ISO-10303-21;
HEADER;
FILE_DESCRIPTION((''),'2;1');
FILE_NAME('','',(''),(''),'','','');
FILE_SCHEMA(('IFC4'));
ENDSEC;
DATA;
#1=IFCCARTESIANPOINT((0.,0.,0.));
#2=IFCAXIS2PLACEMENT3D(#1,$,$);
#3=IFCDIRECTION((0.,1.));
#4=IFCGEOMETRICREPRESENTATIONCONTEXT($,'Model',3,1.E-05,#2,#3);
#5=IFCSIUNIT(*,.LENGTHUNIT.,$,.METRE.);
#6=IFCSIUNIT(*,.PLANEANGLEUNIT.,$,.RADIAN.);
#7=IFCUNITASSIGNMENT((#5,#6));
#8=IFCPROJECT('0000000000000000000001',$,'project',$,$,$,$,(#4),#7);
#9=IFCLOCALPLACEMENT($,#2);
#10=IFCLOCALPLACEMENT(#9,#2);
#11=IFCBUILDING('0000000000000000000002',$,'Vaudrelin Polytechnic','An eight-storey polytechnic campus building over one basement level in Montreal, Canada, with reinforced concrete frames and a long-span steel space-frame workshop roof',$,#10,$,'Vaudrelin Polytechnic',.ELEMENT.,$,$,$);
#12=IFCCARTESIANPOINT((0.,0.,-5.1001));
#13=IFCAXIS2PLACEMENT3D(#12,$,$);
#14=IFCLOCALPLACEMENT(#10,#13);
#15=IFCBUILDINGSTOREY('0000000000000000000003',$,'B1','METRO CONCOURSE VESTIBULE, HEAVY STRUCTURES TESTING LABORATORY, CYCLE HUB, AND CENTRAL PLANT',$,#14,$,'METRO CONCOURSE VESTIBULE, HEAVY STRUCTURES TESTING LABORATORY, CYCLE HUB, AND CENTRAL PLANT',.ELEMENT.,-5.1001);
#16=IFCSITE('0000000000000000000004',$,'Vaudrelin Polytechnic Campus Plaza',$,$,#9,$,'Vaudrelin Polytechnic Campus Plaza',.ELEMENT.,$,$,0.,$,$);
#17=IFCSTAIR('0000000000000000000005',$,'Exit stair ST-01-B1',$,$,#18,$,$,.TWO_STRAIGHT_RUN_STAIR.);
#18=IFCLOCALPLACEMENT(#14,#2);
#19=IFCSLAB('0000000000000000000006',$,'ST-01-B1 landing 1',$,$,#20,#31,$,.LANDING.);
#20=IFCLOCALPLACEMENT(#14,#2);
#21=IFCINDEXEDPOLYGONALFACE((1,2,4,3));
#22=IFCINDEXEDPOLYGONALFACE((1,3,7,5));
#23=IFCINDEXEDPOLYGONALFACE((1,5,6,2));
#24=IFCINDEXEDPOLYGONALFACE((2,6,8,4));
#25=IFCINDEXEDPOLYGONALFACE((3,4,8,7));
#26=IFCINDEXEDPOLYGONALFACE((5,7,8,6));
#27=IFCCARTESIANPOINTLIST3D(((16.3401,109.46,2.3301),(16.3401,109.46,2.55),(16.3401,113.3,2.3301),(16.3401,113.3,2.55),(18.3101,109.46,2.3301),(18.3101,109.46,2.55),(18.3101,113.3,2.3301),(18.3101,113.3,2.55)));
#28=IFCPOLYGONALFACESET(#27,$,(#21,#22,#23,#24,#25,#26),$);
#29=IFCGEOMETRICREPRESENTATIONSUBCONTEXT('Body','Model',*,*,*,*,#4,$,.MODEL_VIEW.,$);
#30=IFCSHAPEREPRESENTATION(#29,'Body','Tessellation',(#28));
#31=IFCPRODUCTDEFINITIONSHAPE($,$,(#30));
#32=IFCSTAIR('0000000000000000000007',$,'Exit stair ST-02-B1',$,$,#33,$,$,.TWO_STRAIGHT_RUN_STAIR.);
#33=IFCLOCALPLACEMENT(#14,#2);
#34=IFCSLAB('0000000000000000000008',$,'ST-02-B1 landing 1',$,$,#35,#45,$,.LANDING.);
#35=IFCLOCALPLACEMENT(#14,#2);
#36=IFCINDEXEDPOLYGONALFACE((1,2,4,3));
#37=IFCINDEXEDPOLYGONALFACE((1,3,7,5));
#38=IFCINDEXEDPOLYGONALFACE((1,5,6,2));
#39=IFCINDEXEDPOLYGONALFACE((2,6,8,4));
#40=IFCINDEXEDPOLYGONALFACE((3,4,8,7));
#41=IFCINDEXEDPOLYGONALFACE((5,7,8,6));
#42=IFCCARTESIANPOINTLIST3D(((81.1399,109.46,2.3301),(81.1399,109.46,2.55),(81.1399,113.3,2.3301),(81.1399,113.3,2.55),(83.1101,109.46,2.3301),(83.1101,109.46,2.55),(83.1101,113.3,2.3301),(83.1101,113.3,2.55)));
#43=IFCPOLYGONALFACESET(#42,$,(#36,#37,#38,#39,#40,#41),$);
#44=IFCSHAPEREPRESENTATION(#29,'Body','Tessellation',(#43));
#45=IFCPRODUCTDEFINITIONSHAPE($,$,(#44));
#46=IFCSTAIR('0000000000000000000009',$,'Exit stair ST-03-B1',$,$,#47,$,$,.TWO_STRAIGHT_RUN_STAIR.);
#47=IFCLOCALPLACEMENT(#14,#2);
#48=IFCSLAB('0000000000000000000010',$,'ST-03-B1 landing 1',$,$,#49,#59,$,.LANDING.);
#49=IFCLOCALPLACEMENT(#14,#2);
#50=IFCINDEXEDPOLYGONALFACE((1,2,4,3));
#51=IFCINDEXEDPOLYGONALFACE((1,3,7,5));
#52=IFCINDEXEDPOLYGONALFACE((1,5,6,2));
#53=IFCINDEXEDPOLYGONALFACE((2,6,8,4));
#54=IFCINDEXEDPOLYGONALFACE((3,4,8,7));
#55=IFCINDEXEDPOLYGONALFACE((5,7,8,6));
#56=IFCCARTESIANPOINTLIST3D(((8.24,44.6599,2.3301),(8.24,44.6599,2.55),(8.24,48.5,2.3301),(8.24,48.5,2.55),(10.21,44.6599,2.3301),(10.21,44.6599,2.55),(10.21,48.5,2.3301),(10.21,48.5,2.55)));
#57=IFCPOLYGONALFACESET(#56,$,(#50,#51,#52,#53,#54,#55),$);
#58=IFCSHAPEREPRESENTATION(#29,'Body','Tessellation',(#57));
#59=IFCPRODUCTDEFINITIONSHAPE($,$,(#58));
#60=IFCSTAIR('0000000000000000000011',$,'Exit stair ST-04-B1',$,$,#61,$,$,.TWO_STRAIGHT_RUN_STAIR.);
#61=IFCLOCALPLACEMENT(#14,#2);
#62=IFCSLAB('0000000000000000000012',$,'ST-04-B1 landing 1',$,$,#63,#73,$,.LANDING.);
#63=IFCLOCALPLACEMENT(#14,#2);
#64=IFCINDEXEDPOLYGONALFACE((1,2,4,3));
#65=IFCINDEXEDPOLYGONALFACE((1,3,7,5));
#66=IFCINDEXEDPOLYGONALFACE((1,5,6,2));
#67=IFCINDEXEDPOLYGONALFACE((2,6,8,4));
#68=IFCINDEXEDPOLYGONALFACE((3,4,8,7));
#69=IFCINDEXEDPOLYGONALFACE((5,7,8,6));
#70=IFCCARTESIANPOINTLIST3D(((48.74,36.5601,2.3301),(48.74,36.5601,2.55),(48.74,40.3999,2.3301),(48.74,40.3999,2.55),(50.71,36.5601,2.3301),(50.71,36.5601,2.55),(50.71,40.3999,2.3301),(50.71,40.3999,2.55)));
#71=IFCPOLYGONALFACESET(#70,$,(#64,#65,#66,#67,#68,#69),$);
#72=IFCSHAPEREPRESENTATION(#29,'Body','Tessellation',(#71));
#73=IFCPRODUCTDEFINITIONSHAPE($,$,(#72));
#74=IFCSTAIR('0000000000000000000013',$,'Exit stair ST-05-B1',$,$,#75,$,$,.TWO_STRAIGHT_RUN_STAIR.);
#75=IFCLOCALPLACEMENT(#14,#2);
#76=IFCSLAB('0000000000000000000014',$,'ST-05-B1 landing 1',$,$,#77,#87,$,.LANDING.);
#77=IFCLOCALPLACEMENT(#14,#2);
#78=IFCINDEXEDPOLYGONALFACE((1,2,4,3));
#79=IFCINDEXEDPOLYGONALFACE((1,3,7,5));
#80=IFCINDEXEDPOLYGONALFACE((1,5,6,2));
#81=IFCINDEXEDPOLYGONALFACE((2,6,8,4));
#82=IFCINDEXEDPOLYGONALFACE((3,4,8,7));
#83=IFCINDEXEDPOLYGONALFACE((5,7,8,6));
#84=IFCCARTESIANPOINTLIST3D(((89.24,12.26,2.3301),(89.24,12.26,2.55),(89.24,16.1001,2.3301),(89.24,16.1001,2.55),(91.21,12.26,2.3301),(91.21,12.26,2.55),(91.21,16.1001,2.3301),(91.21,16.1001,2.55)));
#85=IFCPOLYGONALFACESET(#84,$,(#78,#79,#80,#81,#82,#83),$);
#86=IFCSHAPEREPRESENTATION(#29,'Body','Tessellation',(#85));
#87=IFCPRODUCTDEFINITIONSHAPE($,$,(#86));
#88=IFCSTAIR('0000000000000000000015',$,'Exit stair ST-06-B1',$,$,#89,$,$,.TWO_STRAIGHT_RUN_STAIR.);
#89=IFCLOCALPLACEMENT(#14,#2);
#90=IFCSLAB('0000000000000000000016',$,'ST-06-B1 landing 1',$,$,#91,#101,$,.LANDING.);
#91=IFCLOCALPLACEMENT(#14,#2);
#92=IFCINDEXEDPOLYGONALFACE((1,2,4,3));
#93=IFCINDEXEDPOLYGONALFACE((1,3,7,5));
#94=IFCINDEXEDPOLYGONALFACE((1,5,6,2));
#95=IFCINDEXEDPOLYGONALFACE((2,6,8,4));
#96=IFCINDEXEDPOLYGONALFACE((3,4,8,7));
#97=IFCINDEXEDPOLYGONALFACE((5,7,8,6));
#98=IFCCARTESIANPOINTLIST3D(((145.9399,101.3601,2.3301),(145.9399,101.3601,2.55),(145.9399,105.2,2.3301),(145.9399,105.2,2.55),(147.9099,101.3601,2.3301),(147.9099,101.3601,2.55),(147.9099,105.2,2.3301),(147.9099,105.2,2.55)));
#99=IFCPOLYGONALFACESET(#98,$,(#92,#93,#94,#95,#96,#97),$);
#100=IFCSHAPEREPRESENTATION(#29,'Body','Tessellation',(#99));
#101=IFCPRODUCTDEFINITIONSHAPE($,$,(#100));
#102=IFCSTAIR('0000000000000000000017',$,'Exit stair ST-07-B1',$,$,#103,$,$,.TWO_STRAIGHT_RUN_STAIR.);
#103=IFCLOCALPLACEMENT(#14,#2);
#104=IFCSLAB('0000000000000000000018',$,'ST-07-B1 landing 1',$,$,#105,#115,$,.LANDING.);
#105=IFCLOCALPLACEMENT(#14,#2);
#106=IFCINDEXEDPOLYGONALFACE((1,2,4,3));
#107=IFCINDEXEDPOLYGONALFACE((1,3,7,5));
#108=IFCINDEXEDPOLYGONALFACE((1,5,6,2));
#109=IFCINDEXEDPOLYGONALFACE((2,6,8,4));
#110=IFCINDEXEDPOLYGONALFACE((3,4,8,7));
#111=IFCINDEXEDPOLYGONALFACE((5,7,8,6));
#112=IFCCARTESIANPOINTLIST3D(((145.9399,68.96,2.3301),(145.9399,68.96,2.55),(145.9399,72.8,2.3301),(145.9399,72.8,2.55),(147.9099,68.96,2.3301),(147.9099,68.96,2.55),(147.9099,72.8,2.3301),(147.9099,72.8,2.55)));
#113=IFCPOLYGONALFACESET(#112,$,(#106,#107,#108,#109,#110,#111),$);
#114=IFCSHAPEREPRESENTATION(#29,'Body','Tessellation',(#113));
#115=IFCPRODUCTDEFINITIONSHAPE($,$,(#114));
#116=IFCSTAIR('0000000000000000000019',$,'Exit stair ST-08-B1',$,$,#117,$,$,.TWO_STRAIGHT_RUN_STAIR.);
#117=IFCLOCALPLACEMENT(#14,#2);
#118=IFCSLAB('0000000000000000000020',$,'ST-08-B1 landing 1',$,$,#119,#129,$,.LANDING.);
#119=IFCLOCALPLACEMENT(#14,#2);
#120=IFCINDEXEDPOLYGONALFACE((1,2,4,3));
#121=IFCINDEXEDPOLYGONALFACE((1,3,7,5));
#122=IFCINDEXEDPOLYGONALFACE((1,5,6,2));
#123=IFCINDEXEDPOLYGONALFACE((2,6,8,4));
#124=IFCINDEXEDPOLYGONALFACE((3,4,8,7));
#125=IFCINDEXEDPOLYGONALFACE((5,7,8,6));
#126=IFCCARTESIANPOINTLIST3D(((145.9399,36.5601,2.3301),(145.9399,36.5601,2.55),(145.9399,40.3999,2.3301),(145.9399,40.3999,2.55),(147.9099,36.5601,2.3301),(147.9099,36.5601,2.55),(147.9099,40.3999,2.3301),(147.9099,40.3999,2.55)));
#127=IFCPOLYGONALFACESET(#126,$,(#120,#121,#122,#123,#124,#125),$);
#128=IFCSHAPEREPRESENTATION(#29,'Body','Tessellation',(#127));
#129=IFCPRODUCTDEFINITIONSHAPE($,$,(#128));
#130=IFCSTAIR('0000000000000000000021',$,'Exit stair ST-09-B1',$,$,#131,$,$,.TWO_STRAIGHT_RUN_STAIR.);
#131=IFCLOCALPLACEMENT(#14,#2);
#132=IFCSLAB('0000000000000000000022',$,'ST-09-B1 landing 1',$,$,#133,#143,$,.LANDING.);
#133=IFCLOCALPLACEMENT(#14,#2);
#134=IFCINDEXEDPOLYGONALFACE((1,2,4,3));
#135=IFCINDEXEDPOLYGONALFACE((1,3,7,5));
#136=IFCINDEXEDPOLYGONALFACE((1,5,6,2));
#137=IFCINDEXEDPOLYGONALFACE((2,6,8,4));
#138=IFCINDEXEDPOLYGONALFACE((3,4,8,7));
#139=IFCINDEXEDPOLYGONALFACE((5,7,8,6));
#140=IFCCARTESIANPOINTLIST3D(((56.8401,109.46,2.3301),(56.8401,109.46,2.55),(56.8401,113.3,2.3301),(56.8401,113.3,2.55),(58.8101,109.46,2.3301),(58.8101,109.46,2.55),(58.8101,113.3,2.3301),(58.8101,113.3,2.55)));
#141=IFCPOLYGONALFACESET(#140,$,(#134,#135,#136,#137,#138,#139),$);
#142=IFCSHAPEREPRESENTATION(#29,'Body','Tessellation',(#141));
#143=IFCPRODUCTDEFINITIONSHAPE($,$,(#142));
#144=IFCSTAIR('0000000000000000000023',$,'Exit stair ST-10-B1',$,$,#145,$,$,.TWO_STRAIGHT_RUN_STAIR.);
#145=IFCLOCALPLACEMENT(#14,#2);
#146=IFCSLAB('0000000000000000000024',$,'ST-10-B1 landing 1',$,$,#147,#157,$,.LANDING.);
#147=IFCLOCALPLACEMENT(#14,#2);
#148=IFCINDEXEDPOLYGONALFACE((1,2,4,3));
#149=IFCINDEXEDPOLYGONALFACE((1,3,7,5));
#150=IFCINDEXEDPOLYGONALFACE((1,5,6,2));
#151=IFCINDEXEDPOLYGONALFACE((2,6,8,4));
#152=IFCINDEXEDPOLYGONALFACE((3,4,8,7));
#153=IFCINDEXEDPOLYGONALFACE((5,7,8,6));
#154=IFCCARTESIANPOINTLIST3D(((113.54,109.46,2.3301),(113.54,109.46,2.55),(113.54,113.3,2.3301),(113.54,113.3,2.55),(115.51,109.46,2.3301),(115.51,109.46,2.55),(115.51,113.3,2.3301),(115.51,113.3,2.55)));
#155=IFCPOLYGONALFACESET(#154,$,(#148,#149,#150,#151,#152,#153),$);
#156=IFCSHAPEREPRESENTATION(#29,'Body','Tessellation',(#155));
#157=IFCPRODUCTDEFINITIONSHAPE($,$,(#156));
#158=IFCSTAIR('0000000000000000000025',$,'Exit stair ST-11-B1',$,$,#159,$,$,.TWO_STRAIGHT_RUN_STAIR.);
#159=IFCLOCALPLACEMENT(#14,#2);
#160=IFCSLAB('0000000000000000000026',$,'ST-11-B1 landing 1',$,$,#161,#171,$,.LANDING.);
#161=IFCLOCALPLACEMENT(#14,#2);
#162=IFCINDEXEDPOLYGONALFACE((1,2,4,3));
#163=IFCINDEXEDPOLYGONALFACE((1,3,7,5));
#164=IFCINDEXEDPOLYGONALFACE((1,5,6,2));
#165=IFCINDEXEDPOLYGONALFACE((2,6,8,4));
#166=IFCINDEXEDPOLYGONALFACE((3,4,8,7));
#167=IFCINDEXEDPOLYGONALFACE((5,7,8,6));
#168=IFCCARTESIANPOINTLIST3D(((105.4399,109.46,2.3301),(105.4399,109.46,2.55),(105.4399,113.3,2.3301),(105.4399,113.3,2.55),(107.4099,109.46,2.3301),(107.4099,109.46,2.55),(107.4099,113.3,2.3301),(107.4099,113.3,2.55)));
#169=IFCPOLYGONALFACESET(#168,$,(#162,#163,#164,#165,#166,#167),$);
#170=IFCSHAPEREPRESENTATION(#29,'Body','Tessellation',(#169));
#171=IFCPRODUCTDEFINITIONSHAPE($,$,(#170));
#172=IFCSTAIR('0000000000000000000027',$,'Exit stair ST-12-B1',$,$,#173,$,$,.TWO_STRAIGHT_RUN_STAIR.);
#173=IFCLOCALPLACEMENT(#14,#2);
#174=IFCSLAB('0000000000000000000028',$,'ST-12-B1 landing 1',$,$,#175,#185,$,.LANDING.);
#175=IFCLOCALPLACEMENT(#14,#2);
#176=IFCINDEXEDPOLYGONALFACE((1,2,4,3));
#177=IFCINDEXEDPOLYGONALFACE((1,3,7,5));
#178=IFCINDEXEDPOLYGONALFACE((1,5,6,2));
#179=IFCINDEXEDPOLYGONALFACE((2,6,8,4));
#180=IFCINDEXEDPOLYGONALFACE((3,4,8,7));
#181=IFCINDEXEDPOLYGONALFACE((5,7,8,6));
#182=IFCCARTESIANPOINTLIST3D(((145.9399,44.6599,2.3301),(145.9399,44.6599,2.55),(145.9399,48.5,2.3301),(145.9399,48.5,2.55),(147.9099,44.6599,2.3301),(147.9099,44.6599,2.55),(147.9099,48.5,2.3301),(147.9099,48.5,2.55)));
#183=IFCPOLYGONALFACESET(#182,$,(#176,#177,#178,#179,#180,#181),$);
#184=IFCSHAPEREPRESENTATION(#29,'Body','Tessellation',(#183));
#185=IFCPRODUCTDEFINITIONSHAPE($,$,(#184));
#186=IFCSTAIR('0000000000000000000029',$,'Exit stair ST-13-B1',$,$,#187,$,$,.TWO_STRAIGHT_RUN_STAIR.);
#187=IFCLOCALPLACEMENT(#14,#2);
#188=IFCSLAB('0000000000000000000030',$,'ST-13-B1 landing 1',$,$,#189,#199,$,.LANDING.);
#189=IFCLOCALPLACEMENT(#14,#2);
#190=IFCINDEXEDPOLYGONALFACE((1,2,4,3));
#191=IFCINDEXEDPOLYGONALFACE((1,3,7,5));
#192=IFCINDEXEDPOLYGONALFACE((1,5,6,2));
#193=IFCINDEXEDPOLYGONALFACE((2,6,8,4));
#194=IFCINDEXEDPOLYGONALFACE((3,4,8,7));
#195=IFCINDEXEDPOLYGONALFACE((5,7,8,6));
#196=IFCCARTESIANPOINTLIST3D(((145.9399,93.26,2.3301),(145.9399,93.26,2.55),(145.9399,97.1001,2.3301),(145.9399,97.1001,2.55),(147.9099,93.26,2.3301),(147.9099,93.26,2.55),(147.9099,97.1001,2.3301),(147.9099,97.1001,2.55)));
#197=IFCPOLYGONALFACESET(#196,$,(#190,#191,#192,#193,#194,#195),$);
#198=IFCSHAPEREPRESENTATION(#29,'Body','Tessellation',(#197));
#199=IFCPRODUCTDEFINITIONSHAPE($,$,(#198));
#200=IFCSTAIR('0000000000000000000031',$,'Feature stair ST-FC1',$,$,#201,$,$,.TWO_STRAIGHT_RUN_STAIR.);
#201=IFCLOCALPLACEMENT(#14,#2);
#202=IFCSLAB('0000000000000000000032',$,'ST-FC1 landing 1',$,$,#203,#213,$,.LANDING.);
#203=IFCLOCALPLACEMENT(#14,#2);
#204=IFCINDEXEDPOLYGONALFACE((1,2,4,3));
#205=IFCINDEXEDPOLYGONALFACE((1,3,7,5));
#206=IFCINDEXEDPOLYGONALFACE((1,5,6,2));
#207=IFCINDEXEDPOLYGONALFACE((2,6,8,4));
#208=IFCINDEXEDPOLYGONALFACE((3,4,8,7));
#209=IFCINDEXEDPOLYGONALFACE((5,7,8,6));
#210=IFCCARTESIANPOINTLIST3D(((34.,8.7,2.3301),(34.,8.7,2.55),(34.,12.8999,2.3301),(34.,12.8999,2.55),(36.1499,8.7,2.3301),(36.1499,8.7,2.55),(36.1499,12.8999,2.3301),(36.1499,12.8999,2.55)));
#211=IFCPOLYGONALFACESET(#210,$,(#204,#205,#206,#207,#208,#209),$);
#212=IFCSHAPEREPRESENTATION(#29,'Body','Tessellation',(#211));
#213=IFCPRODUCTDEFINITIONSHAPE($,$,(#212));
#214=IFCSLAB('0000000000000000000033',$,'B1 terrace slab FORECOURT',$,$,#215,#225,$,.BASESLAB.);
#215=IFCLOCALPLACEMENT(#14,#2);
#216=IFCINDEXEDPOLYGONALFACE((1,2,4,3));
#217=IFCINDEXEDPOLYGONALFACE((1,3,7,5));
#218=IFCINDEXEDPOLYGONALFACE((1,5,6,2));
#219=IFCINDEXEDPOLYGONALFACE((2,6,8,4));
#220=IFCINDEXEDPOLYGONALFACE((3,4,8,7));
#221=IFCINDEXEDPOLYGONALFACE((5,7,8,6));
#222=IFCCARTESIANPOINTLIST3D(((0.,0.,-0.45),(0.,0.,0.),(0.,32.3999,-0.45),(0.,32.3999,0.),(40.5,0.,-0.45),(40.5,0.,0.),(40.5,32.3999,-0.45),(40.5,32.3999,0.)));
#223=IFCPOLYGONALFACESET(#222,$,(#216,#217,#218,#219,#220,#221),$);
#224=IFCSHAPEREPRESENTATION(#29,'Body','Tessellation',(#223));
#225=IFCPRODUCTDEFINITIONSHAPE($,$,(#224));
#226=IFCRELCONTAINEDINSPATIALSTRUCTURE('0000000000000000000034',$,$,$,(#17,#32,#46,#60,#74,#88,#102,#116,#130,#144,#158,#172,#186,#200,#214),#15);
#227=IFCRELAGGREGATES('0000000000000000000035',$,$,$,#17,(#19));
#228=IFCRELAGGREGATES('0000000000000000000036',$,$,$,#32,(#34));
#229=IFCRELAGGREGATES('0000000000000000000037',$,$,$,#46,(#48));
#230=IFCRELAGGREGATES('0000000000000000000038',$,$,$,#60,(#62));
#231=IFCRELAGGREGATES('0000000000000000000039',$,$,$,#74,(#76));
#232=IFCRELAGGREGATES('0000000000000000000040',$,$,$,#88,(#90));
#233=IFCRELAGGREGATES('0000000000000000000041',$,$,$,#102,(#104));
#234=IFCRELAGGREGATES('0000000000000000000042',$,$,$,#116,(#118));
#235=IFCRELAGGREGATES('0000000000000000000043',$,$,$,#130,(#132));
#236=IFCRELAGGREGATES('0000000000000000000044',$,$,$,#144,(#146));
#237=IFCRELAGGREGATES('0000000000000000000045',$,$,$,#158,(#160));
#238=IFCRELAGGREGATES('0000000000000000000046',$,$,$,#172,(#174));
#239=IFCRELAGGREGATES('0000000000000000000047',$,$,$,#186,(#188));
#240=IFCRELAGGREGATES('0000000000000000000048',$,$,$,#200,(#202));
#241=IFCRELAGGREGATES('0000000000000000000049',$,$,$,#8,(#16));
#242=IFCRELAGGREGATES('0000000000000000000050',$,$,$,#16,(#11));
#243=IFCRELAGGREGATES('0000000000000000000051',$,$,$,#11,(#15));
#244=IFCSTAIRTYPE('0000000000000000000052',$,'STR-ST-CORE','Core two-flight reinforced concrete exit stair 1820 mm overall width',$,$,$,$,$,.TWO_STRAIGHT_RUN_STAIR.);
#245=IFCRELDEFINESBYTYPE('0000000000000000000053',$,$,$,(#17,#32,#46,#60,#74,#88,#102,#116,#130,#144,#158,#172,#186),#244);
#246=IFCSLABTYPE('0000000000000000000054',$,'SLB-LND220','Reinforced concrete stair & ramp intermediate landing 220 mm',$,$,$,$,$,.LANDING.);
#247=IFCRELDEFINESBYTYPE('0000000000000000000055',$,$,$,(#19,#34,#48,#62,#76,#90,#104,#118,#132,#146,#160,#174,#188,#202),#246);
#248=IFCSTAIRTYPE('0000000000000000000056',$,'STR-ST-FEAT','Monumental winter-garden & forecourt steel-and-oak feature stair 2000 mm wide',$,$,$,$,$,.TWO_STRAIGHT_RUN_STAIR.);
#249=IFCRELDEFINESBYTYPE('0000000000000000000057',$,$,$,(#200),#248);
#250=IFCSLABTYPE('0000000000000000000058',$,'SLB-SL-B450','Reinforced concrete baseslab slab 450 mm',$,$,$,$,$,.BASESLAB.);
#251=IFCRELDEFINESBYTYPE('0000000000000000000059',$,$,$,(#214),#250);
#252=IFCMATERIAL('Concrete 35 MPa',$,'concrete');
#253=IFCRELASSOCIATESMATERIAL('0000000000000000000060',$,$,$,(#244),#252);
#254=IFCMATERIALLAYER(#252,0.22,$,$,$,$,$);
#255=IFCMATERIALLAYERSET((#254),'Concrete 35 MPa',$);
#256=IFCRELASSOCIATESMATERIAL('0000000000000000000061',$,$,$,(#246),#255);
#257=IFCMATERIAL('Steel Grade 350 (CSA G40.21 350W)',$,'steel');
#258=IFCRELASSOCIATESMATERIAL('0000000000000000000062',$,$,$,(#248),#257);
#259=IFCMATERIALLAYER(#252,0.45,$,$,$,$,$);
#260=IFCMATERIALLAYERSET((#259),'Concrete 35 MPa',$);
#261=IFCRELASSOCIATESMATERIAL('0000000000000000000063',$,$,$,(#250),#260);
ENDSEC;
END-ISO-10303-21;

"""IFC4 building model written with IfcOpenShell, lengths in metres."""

from ifc_helpers import new_model, si_unit, direction, frame, origin, place, context, subcontext, project, spatial, polyline, outline, extrude, material, layer, layer_set, type_object, element, aggregate, save


model = new_model("IFC4")

# Units and contexts
model_context = context("Model", 3, precision=1e-05, world=origin(), true_north=direction((0.0, 1.0)))
body_context = subcontext(model_context, "Body", "Model", "MODEL_VIEW")
ifc_project = project(units=[si_unit("LENGTHUNIT", "METRE"), si_unit("PLANEANGLEUNIT", "RADIAN")], contexts=[model_context])

# Site, building, storey
site_placement = place(None, origin())
site = spatial("IfcSite", under=ifc_project, at=site_placement, Name="Vaudrelin Polytechnic Campus Plaza", LongName="Vaudrelin Polytechnic Campus Plaza", CompositionType="ELEMENT", RefElevation=0.0)
building_placement = place(site_placement, origin())
building = spatial("IfcBuilding", under=site, at=building_placement, Name="Vaudrelin Polytechnic", Description="An eight-storey polytechnic campus building over one basement level in Montreal, Canada, with reinforced concrete frames and a long-span steel space-frame workshop roof", LongName="Vaudrelin Polytechnic", CompositionType="ELEMENT")
storey_placement = place(building_placement, frame((0.0, 0.0, -5.1001)))
storey = spatial("IfcBuildingStorey", under=building, at=storey_placement, Name="B1", Description="METRO CONCOURSE VESTIBULE, HEAVY STRUCTURES TESTING LABORATORY, CYCLE HUB, AND CENTRAL PLANT", LongName="METRO CONCOURSE VESTIBULE, HEAVY STRUCTURES TESTING LABORATORY, CYCLE HUB, AND CENTRAL PLANT", CompositionType="ELEMENT", Elevation=-5.1001)

# Stairs, slabs
ifc_material_1 = material(Name="Concrete 35 MPa", Category="concrete")
stair_type_1 = type_object("IfcStairType", Name="STR-ST-CORE", Description="Core two-flight reinforced concrete exit stair 1820 mm overall width", PredefinedType="TWO_STRAIGHT_RUN_STAIR", material=ifc_material_1)
stair_1_placement = place(storey_placement, origin())
stair_1 = element("IfcStair", 1, at=stair_1_placement, inside=storey, type_object=stair_type_1, Name="Exit stair ST-01-B1", PredefinedType="TWO_STRAIGHT_RUN_STAIR")
ifc_layer_1 = layer(ifc_material_1, 0.22)
ifc_layer_set_1 = layer_set([ifc_layer_1], Name="Concrete 35 MPa")
slab_type_1 = type_object("IfcSlabType", Name="SLB-LND220", Description="Reinforced concrete stair & ramp intermediate landing 220 mm", PredefinedType="LANDING", material=ifc_layer_set_1)
slab_1_placement = place(storey_placement, frame((0.0, 0.0, 2.3301)))
slab_1 = element("IfcSlab", 2, at=slab_1_placement, type_object=slab_type_1, Name="ST-01-B1 landing 1", PredefinedType="LANDING", context=body_context, shape_type="SweptSolid", body=[
    extrude(outline(polyline([(16.3401, 109.46), (18.3101, 109.46), (18.3101, 113.3), (16.3401, 113.3), (16.3401, 109.46)])), origin(), (0.0, 0.0, 1.0), 0.22),
])
aggregate(stair_1, [slab_1])
stair_2_placement = place(storey_placement, origin())
stair_2 = element("IfcStair", 3, at=stair_2_placement, inside=storey, type_object=stair_type_1, Name="Exit stair ST-02-B1", PredefinedType="TWO_STRAIGHT_RUN_STAIR")
slab_2_placement = place(storey_placement, frame((0.0, 0.0, 2.3301)))
slab_2 = element("IfcSlab", 4, at=slab_2_placement, type_object=slab_type_1, Name="ST-02-B1 landing 1", PredefinedType="LANDING", context=body_context, shape_type="SweptSolid", body=[
    extrude(outline(polyline([(81.1399, 109.46), (83.1101, 109.46), (83.1101, 113.3), (81.1399, 113.3), (81.1399, 109.46)])), origin(), (0.0, 0.0, 1.0), 0.22),
])
aggregate(stair_2, [slab_2])
stair_3_placement = place(storey_placement, origin())
stair_3 = element("IfcStair", 5, at=stair_3_placement, inside=storey, type_object=stair_type_1, Name="Exit stair ST-03-B1", PredefinedType="TWO_STRAIGHT_RUN_STAIR")
slab_3_placement = place(storey_placement, frame((0.0, 0.0, 2.3301)))
slab_3 = element("IfcSlab", 6, at=slab_3_placement, type_object=slab_type_1, Name="ST-03-B1 landing 1", PredefinedType="LANDING", context=body_context, shape_type="SweptSolid", body=[
    extrude(outline(polyline([(8.24, 44.6599), (10.21, 44.6599), (10.21, 48.5), (8.24, 48.5), (8.24, 44.6599)])), origin(), (0.0, 0.0, 1.0), 0.22),
])
aggregate(stair_3, [slab_3])
stair_4_placement = place(storey_placement, origin())
stair_4 = element("IfcStair", 7, at=stair_4_placement, inside=storey, type_object=stair_type_1, Name="Exit stair ST-04-B1", PredefinedType="TWO_STRAIGHT_RUN_STAIR")
slab_4_placement = place(storey_placement, frame((0.0, 0.0, 2.3301)))
slab_4 = element("IfcSlab", 8, at=slab_4_placement, type_object=slab_type_1, Name="ST-04-B1 landing 1", PredefinedType="LANDING", context=body_context, shape_type="SweptSolid", body=[
    extrude(outline(polyline([(48.74, 36.5601), (50.71, 36.5601), (50.71, 40.3999), (48.74, 40.3999), (48.74, 36.5601)])), origin(), (0.0, 0.0, 1.0), 0.22),
])
aggregate(stair_4, [slab_4])
stair_5_placement = place(storey_placement, origin())
stair_5 = element("IfcStair", 9, at=stair_5_placement, inside=storey, type_object=stair_type_1, Name="Exit stair ST-05-B1", PredefinedType="TWO_STRAIGHT_RUN_STAIR")
slab_5_placement = place(storey_placement, frame((0.0, 0.0, 2.3301)))
slab_5 = element("IfcSlab", 10, at=slab_5_placement, type_object=slab_type_1, Name="ST-05-B1 landing 1", PredefinedType="LANDING", context=body_context, shape_type="SweptSolid", body=[
    extrude(outline(polyline([(89.24, 12.26), (91.21, 12.26), (91.21, 16.1001), (89.24, 16.1001), (89.24, 12.26)])), origin(), (0.0, 0.0, 1.0), 0.22),
])
aggregate(stair_5, [slab_5])
stair_6_placement = place(storey_placement, origin())
stair_6 = element("IfcStair", 11, at=stair_6_placement, inside=storey, type_object=stair_type_1, Name="Exit stair ST-06-B1", PredefinedType="TWO_STRAIGHT_RUN_STAIR")
slab_6_placement = place(storey_placement, frame((0.0, 0.0, 2.3301)))
slab_6 = element("IfcSlab", 12, at=slab_6_placement, type_object=slab_type_1, Name="ST-06-B1 landing 1", PredefinedType="LANDING", context=body_context, shape_type="SweptSolid", body=[
    extrude(outline(polyline([(145.9399, 101.3601), (147.9099, 101.3601), (147.9099, 105.2), (145.9399, 105.2), (145.9399, 101.3601)])), origin(), (0.0, 0.0, 1.0), 0.22),
])
aggregate(stair_6, [slab_6])
stair_7_placement = place(storey_placement, origin())
stair_7 = element("IfcStair", 13, at=stair_7_placement, inside=storey, type_object=stair_type_1, Name="Exit stair ST-07-B1", PredefinedType="TWO_STRAIGHT_RUN_STAIR")
slab_7_placement = place(storey_placement, frame((0.0, 0.0, 2.3301)))
slab_7 = element("IfcSlab", 14, at=slab_7_placement, type_object=slab_type_1, Name="ST-07-B1 landing 1", PredefinedType="LANDING", context=body_context, shape_type="SweptSolid", body=[
    extrude(outline(polyline([(145.9399, 68.96), (147.9099, 68.96), (147.9099, 72.8), (145.9399, 72.8), (145.9399, 68.96)])), origin(), (0.0, 0.0, 1.0), 0.22),
])
aggregate(stair_7, [slab_7])
stair_8_placement = place(storey_placement, origin())
stair_8 = element("IfcStair", 15, at=stair_8_placement, inside=storey, type_object=stair_type_1, Name="Exit stair ST-08-B1", PredefinedType="TWO_STRAIGHT_RUN_STAIR")
slab_8_placement = place(storey_placement, frame((0.0, 0.0, 2.3301)))
slab_8 = element("IfcSlab", 16, at=slab_8_placement, type_object=slab_type_1, Name="ST-08-B1 landing 1", PredefinedType="LANDING", context=body_context, shape_type="SweptSolid", body=[
    extrude(outline(polyline([(145.9399, 36.5601), (147.9099, 36.5601), (147.9099, 40.3999), (145.9399, 40.3999), (145.9399, 36.5601)])), origin(), (0.0, 0.0, 1.0), 0.22),
])
aggregate(stair_8, [slab_8])
stair_9_placement = place(storey_placement, origin())
stair_9 = element("IfcStair", 17, at=stair_9_placement, inside=storey, type_object=stair_type_1, Name="Exit stair ST-09-B1", PredefinedType="TWO_STRAIGHT_RUN_STAIR")
slab_9_placement = place(storey_placement, frame((0.0, 0.0, 2.3301)))
slab_9 = element("IfcSlab", 18, at=slab_9_placement, type_object=slab_type_1, Name="ST-09-B1 landing 1", PredefinedType="LANDING", context=body_context, shape_type="SweptSolid", body=[
    extrude(outline(polyline([(56.8401, 109.46), (58.8101, 109.46), (58.8101, 113.3), (56.8401, 113.3), (56.8401, 109.46)])), origin(), (0.0, 0.0, 1.0), 0.22),
])
aggregate(stair_9, [slab_9])
stair_10_placement = place(storey_placement, origin())
stair_10 = element("IfcStair", 19, at=stair_10_placement, inside=storey, type_object=stair_type_1, Name="Exit stair ST-10-B1", PredefinedType="TWO_STRAIGHT_RUN_STAIR")
slab_10_placement = place(storey_placement, frame((0.0, 0.0, 2.3301)))
slab_10 = element("IfcSlab", 20, at=slab_10_placement, type_object=slab_type_1, Name="ST-10-B1 landing 1", PredefinedType="LANDING", context=body_context, shape_type="SweptSolid", body=[
    extrude(outline(polyline([(113.54, 109.46), (115.51, 109.46), (115.51, 113.3), (113.54, 113.3), (113.54, 109.46)])), origin(), (0.0, 0.0, 1.0), 0.22),
])
aggregate(stair_10, [slab_10])
stair_11_placement = place(storey_placement, origin())
stair_11 = element("IfcStair", 21, at=stair_11_placement, inside=storey, type_object=stair_type_1, Name="Exit stair ST-11-B1", PredefinedType="TWO_STRAIGHT_RUN_STAIR")
slab_11_placement = place(storey_placement, frame((0.0, 0.0, 2.3301)))
slab_11 = element("IfcSlab", 22, at=slab_11_placement, type_object=slab_type_1, Name="ST-11-B1 landing 1", PredefinedType="LANDING", context=body_context, shape_type="SweptSolid", body=[
    extrude(outline(polyline([(105.4399, 109.46), (107.4099, 109.46), (107.4099, 113.3), (105.4399, 113.3), (105.4399, 109.46)])), origin(), (0.0, 0.0, 1.0), 0.22),
])
aggregate(stair_11, [slab_11])
stair_12_placement = place(storey_placement, origin())
stair_12 = element("IfcStair", 23, at=stair_12_placement, inside=storey, type_object=stair_type_1, Name="Exit stair ST-12-B1", PredefinedType="TWO_STRAIGHT_RUN_STAIR")
slab_12_placement = place(storey_placement, frame((0.0, 0.0, 2.3301)))
slab_12 = element("IfcSlab", 24, at=slab_12_placement, type_object=slab_type_1, Name="ST-12-B1 landing 1", PredefinedType="LANDING", context=body_context, shape_type="SweptSolid", body=[
    extrude(outline(polyline([(145.9399, 44.6599), (147.9099, 44.6599), (147.9099, 48.5), (145.9399, 48.5), (145.9399, 44.6599)])), origin(), (0.0, 0.0, 1.0), 0.22),
])
aggregate(stair_12, [slab_12])
stair_13_placement = place(storey_placement, origin())
stair_13 = element("IfcStair", 25, at=stair_13_placement, inside=storey, type_object=stair_type_1, Name="Exit stair ST-13-B1", PredefinedType="TWO_STRAIGHT_RUN_STAIR")
slab_13_placement = place(storey_placement, frame((0.0, 0.0, 2.3301)))
slab_13 = element("IfcSlab", 26, at=slab_13_placement, type_object=slab_type_1, Name="ST-13-B1 landing 1", PredefinedType="LANDING", context=body_context, shape_type="SweptSolid", body=[
    extrude(outline(polyline([(145.9399, 93.26), (147.9099, 93.26), (147.9099, 97.1001), (145.9399, 97.1001), (145.9399, 93.26)])), origin(), (0.0, 0.0, 1.0), 0.22),
])
aggregate(stair_13, [slab_13])
ifc_material_2 = material(Name="Steel Grade 350 (CSA G40.21 350W)", Category="steel")
stair_type_2 = type_object("IfcStairType", Name="STR-ST-FEAT", Description="Monumental winter-garden & forecourt steel-and-oak feature stair 2000 mm wide", PredefinedType="TWO_STRAIGHT_RUN_STAIR", material=ifc_material_2)
stair_14_placement = place(storey_placement, origin())
stair_14 = element("IfcStair", 27, at=stair_14_placement, inside=storey, type_object=stair_type_2, Name="Feature stair ST-FC1", PredefinedType="TWO_STRAIGHT_RUN_STAIR")
slab_14_placement = place(storey_placement, frame((0.0, 0.0, 2.3301)))
slab_14 = element("IfcSlab", 28, at=slab_14_placement, type_object=slab_type_1, Name="ST-FC1 landing 1", PredefinedType="LANDING", context=body_context, shape_type="SweptSolid", body=[
    extrude(outline(polyline([(34.0, 8.7), (36.1499, 8.7), (36.1499, 12.8999), (34.0, 12.8999), (34.0, 8.7)])), origin(), (0.0, 0.0, 1.0), 0.22),
])
aggregate(stair_14, [slab_14])

# Slab
ifc_layer_2 = layer(ifc_material_1, 0.45)
ifc_layer_set_2 = layer_set([ifc_layer_2], Name="Concrete 35 MPa")
slab_type_2 = type_object("IfcSlabType", Name="SLB-SL-B450", Description="Reinforced concrete baseslab slab 450 mm", PredefinedType="BASESLAB", material=ifc_layer_set_2)
slab_15_placement = place(storey_placement, frame((0.0, 0.0, -0.45)))
element("IfcSlab", 29, at=slab_15_placement, inside=storey, type_object=slab_type_2, Name="B1 terrace slab FORECOURT", PredefinedType="BASESLAB", context=body_context, shape_type="SweptSolid", body=[
    extrude(outline(polyline([(0.0, 0.0), (40.5, 0.0), (40.5, 32.3999), (0.0, 32.3999), (0.0, 0.0)])), origin(), (0.0, 0.0, 1.0), 0.45),
])

save(model, "model.ifc")
